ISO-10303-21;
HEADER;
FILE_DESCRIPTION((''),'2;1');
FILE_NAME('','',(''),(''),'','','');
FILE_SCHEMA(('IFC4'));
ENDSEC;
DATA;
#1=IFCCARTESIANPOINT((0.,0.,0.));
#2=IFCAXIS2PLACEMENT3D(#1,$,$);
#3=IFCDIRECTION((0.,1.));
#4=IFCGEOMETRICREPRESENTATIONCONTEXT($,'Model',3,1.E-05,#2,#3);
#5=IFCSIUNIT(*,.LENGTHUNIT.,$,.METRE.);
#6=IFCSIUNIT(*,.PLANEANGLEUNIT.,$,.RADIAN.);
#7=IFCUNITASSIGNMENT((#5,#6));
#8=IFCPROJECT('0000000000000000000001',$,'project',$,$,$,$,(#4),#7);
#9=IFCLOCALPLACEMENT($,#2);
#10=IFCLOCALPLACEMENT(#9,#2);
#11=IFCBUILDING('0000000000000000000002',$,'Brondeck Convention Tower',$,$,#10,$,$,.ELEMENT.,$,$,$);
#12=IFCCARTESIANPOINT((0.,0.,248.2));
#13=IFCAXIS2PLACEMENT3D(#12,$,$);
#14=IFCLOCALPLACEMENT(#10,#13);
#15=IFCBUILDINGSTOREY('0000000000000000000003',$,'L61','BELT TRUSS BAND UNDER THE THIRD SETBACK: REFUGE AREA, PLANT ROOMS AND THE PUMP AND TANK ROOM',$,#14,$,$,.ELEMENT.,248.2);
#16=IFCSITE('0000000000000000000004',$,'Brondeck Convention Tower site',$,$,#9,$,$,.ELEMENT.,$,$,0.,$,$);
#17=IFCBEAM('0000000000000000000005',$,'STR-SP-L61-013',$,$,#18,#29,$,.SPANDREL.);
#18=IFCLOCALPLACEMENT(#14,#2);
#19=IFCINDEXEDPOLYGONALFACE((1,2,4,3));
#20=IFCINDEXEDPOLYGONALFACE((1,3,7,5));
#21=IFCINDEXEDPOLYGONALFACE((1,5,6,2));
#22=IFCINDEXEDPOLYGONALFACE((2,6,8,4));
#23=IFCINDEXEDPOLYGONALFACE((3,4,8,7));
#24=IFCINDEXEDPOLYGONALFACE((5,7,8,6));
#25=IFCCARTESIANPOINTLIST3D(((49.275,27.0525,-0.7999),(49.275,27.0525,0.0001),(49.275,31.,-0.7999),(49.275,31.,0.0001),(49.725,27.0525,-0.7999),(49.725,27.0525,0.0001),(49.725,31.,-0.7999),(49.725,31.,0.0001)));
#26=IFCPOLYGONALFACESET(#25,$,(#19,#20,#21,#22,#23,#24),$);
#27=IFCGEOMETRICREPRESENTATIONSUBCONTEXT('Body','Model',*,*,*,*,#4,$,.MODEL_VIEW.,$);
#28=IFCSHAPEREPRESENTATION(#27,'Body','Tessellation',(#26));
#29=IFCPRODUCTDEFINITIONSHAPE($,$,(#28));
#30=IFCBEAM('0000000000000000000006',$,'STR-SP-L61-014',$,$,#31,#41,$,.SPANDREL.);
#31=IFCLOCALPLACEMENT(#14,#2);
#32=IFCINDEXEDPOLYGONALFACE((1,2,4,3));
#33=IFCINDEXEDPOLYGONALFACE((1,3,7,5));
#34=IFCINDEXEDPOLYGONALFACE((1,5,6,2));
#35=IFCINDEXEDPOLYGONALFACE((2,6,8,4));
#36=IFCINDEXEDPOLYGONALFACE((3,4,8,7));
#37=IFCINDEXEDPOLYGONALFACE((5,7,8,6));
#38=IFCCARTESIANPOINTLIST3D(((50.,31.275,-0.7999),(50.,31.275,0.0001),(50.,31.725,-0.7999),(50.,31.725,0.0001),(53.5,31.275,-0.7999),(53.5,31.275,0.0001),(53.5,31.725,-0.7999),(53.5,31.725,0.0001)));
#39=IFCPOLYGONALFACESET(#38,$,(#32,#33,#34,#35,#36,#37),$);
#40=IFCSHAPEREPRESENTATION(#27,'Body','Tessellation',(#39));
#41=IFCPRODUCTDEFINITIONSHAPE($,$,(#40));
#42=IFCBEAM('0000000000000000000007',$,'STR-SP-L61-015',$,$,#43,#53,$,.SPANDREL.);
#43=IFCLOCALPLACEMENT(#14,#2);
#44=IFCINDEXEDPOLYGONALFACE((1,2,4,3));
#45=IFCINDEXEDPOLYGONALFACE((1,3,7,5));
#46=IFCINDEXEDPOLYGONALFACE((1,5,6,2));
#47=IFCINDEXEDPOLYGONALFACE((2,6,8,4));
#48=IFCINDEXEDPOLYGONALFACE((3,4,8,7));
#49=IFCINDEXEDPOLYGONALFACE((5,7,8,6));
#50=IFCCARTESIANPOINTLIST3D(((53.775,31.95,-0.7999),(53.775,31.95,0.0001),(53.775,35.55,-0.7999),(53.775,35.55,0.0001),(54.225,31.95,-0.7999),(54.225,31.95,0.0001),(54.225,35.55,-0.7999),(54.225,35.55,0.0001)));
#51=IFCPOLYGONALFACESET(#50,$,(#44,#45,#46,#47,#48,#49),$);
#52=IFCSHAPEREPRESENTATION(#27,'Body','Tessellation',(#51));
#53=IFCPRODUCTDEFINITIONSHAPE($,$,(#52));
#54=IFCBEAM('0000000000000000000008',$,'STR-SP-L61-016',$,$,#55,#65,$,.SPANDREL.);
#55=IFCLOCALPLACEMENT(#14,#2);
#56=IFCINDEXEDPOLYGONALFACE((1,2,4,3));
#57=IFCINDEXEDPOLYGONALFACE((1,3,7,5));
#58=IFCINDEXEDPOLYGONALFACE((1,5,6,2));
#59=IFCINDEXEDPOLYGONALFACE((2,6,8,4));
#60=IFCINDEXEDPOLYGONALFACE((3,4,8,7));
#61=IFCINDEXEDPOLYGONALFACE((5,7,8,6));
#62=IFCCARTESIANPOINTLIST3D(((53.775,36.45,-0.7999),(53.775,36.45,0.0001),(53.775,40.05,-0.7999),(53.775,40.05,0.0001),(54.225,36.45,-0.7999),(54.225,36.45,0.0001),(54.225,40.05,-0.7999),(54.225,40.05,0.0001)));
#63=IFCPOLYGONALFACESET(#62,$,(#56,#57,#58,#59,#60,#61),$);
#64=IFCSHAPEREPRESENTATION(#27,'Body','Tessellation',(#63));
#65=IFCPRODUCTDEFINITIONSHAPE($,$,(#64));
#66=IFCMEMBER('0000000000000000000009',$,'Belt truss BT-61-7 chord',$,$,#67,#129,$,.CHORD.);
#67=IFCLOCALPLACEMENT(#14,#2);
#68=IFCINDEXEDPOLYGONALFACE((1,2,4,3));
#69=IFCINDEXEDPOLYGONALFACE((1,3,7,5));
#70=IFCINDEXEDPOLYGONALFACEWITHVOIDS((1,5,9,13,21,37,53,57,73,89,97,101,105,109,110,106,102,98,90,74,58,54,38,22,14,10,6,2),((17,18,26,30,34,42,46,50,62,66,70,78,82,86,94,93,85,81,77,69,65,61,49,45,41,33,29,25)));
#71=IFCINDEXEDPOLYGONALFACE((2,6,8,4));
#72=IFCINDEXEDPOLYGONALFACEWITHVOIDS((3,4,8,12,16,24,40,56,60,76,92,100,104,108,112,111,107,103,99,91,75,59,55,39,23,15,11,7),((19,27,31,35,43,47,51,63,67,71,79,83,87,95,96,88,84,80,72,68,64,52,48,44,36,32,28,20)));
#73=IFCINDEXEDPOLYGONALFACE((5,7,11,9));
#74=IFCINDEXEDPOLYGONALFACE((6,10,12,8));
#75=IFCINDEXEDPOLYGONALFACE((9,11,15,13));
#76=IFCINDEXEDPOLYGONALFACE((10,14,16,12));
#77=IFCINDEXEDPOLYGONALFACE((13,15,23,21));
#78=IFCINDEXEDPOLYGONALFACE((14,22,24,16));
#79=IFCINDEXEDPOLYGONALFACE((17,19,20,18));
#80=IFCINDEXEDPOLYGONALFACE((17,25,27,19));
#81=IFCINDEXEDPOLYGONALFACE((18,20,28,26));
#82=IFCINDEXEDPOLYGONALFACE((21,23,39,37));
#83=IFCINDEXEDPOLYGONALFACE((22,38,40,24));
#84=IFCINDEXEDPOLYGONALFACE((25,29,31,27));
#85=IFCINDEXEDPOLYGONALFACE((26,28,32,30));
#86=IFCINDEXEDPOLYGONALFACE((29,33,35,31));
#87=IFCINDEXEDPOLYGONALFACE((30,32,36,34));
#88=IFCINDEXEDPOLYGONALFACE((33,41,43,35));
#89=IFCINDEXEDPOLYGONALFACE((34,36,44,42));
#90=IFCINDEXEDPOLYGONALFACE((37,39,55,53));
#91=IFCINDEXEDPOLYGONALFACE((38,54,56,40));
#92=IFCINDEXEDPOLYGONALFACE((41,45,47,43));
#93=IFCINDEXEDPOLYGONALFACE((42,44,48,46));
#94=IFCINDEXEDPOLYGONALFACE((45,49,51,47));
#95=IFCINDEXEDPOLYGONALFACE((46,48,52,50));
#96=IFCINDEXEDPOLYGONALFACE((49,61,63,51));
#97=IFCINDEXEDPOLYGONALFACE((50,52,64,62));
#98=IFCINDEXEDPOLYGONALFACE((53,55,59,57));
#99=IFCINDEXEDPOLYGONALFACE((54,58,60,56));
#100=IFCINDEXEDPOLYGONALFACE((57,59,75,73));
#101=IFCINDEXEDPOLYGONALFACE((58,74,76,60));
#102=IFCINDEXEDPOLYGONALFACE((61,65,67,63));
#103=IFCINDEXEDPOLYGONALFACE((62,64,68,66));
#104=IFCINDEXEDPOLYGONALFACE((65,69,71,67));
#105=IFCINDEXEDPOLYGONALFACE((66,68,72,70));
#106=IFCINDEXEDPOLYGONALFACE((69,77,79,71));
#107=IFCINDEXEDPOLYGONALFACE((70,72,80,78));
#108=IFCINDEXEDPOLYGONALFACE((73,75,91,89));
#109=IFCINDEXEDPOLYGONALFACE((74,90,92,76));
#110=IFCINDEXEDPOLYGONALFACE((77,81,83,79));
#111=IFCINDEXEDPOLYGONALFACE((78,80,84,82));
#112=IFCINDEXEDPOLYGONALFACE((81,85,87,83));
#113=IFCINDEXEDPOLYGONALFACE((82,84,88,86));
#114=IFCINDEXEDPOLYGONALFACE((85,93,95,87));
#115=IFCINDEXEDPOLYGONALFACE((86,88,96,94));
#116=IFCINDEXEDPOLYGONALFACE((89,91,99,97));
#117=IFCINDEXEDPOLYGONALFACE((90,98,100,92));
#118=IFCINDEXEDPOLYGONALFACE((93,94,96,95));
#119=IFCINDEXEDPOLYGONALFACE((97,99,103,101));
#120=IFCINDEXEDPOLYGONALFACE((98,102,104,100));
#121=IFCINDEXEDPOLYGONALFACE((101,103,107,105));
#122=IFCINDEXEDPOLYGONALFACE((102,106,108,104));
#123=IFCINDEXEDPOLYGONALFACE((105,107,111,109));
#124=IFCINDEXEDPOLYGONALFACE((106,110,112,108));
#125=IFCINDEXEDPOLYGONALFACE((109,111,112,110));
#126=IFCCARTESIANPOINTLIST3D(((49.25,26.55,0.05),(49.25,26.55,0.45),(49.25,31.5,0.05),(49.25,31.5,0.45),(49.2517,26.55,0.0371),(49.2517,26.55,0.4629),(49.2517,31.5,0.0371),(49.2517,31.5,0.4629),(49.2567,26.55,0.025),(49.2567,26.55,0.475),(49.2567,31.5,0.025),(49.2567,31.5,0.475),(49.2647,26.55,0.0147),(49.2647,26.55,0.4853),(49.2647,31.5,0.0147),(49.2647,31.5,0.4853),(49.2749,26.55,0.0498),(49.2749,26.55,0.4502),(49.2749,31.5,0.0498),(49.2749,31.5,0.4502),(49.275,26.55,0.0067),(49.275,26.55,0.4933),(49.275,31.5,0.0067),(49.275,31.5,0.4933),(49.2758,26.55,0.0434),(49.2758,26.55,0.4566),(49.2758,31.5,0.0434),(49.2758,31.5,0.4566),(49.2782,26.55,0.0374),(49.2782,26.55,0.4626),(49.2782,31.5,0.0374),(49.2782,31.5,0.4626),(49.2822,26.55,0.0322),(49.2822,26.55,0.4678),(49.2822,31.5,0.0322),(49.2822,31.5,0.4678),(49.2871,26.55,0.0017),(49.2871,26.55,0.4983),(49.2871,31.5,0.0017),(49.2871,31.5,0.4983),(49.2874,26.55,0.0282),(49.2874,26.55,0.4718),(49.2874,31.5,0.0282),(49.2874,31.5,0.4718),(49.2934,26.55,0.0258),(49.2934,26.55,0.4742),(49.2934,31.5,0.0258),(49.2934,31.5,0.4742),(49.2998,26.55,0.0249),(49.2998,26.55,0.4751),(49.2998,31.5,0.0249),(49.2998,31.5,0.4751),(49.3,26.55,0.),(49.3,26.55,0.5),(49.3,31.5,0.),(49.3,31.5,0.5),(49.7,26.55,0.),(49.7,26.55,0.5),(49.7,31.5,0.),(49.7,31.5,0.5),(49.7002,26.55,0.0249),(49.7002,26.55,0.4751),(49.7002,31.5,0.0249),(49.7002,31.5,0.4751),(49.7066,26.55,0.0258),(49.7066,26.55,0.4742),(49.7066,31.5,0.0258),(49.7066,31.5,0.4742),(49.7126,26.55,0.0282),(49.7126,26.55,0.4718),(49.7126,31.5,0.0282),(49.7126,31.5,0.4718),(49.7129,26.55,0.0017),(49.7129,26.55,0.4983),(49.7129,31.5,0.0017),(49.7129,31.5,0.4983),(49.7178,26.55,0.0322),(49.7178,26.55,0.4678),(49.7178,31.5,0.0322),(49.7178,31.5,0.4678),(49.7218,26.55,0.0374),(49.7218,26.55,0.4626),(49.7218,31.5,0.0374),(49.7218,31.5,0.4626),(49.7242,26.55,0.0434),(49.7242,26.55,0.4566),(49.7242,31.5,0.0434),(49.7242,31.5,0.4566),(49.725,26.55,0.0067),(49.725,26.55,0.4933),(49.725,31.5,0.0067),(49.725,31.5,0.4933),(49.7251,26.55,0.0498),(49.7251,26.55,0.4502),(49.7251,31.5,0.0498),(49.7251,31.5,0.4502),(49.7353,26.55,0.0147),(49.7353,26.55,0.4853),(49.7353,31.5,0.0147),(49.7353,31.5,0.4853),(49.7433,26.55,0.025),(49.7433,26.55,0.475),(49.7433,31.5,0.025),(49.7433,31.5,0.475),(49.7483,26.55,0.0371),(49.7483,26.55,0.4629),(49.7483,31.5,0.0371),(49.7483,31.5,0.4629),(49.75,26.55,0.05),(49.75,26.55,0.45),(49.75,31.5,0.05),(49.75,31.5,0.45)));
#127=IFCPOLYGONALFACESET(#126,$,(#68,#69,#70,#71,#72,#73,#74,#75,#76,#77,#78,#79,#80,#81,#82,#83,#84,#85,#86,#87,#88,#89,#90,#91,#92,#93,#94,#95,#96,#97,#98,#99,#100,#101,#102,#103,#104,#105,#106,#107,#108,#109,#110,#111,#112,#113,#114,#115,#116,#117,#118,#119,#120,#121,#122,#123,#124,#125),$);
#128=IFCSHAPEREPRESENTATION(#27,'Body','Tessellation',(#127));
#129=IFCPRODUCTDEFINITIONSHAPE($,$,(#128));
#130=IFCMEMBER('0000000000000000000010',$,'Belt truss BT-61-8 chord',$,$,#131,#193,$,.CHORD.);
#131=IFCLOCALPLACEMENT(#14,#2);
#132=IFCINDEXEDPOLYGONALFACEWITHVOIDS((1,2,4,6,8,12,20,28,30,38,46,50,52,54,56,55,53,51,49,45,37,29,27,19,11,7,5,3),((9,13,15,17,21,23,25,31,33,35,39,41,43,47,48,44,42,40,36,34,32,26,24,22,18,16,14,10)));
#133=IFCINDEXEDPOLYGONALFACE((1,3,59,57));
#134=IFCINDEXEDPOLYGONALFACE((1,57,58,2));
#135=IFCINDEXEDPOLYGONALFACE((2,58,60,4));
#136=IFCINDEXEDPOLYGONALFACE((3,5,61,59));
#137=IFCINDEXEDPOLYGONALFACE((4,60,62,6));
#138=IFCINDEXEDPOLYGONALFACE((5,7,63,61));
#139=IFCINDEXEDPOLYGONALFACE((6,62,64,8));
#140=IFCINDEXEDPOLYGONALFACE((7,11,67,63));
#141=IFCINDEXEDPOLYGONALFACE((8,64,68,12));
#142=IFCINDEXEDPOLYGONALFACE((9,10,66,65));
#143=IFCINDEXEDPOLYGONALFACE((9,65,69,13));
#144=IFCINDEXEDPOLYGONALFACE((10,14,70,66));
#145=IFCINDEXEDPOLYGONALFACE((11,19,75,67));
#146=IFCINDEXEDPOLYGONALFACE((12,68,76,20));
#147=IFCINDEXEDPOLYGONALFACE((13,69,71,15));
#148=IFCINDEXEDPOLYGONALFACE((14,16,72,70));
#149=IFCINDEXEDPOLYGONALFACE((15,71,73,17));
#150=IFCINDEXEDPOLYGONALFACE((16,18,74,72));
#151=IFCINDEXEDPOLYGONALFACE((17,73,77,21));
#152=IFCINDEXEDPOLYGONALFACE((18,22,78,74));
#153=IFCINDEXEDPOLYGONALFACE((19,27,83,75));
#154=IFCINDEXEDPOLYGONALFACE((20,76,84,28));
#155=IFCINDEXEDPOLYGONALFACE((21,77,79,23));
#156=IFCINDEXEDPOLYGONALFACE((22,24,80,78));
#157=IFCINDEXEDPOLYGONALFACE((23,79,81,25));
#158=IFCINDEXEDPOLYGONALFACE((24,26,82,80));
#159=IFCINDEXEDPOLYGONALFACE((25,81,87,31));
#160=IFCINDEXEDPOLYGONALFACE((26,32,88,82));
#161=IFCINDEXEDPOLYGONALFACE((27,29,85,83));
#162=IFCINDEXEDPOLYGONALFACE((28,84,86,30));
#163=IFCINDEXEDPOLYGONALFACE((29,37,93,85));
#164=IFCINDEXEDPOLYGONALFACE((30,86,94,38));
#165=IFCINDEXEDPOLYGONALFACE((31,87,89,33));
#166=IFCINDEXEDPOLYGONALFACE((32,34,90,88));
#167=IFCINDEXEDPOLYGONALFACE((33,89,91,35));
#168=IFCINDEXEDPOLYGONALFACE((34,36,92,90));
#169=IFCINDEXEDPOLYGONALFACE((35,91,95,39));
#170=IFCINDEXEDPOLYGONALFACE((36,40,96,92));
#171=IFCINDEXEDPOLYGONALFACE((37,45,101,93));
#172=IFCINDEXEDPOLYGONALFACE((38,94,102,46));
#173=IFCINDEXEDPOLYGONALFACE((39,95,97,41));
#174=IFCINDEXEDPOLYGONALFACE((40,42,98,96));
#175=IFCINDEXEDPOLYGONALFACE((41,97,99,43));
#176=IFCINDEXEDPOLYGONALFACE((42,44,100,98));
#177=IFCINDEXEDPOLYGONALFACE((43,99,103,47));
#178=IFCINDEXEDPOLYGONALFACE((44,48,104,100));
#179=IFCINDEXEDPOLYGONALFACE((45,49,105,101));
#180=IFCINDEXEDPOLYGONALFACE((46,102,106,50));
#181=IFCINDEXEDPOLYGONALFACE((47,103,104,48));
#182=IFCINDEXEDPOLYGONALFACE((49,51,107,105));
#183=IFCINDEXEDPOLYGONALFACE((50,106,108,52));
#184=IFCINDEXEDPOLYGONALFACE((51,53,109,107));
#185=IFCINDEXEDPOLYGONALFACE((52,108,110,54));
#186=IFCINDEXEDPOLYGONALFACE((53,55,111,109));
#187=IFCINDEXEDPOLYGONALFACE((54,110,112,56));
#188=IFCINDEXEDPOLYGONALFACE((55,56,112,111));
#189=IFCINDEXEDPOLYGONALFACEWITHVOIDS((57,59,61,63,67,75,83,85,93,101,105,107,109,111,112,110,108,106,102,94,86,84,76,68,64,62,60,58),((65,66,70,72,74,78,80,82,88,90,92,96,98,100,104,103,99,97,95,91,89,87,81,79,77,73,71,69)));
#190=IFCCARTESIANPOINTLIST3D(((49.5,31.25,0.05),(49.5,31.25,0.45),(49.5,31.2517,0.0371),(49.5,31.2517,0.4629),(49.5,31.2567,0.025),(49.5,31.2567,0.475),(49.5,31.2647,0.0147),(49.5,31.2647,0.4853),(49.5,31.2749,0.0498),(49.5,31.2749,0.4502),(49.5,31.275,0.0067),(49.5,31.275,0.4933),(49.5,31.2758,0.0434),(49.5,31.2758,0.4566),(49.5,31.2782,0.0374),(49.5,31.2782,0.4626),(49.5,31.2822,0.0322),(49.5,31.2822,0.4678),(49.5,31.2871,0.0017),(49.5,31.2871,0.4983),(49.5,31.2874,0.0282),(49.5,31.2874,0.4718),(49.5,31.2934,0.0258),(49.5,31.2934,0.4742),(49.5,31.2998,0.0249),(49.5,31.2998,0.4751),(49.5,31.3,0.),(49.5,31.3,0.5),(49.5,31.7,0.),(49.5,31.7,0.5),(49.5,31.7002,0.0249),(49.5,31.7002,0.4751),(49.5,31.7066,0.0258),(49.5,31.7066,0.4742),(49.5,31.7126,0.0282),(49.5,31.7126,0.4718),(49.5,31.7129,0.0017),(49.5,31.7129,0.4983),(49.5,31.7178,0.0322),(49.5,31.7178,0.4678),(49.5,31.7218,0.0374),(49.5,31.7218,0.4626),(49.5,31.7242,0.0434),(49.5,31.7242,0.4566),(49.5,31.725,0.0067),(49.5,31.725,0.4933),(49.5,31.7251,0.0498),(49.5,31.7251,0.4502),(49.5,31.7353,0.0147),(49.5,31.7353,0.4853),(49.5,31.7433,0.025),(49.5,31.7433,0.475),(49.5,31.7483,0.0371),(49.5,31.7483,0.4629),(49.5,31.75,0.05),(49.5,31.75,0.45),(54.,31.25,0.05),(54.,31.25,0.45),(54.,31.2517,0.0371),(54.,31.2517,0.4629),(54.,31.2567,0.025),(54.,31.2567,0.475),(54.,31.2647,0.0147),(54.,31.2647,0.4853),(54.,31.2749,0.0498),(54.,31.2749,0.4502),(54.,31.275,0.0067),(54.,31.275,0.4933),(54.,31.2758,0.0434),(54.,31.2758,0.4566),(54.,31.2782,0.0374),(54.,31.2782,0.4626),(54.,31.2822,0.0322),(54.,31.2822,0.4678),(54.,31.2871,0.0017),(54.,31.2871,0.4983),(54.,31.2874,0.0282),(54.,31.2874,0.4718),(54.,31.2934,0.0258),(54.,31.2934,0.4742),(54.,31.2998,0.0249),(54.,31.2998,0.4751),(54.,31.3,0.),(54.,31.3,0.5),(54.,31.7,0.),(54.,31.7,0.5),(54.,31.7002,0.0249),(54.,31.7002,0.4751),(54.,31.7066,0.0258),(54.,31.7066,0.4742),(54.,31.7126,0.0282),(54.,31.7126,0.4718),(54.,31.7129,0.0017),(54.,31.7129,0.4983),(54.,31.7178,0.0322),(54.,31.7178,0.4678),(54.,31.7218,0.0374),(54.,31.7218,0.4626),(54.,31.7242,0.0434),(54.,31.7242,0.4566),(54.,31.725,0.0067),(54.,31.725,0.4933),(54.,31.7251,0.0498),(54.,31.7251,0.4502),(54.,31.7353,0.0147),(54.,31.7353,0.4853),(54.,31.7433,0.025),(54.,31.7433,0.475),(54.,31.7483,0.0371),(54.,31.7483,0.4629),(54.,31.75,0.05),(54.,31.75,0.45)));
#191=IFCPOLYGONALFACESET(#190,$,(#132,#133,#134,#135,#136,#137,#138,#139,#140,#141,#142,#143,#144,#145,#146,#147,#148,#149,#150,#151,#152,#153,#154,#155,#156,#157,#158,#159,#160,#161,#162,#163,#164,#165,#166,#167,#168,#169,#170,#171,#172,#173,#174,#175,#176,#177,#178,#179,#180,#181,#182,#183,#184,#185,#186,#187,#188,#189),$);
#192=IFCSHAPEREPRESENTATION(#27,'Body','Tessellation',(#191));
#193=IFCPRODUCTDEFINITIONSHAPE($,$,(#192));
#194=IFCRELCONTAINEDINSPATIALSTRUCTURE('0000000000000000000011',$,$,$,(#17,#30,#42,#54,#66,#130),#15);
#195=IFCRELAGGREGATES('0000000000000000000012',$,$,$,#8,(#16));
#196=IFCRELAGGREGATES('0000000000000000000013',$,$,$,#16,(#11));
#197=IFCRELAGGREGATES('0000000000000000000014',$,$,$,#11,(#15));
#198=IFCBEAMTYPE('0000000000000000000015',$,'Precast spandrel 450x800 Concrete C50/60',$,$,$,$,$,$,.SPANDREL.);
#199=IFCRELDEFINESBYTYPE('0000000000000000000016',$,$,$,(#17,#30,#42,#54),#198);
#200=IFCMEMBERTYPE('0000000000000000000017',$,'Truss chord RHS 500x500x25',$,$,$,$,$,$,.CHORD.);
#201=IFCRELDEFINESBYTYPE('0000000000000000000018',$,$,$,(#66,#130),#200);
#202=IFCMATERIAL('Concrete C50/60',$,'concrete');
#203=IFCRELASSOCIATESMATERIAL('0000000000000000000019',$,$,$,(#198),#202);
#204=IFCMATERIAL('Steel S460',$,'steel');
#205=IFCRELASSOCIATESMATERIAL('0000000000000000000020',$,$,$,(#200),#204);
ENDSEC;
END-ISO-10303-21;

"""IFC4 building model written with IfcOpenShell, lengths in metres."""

from ifc_helpers import new_model, si_unit, direction, frame, origin, origin_2d, place, context, subcontext, project, spatial, rectangle, hollow_rectangle, extrude, material, material_profile, profile_set, type_object, element, save


model = new_model("IFC4")

# Units and contexts
model_context = context("Model", 3, precision=1e-05, world=origin(), true_north=direction((0.0, 1.0)))
body_context = subcontext(model_context, "Body", "Model", "MODEL_VIEW")
ifc_project = project(units=[si_unit("LENGTHUNIT", "METRE"), si_unit("PLANEANGLEUNIT", "RADIAN")], contexts=[model_context])

# Site, building, storey
site_placement = place(None, origin())
site = spatial("IfcSite", under=ifc_project, at=site_placement, Name="Brondeck Convention Tower site", CompositionType="ELEMENT", RefElevation=0.0)
building_placement = place(site_placement, origin())
building = spatial("IfcBuilding", under=site, at=building_placement, Name="Brondeck Convention Tower", CompositionType="ELEMENT")
storey_placement = place(building_placement, frame((0.0, 0.0, 248.2)))
storey = spatial("IfcBuildingStorey", under=building, at=storey_placement, Name="L61", Description="BELT TRUSS BAND UNDER THE THIRD SETBACK: REFUGE AREA, PLANT ROOMS AND THE PUMP AND TANK ROOM", CompositionType="ELEMENT", Elevation=248.2)

# Shared definitions
ifc_material_1 = material(Name="Concrete C50/60", Category="concrete")

# Shared definitions
ifc_material_2 = material(Name="Steel S460", Category="steel")

# Beams
ifc_material_profile_1 = material_profile(ifc_material_1, rectangle(XDim=0.45, YDim=0.8, at=origin_2d()), Name="Precast spandrel 450x800 Concrete C50/60")
ifc_profile_set_1 = profile_set([ifc_material_profile_1], Name="Concrete C50/60")
beam_type = type_object("IfcBeamType", Name="Precast spandrel 450x800 Concrete C50/60", PredefinedType="SPANDREL", material=ifc_profile_set_1)
beam_1_placement = place(storey_placement, frame((49.5, 27.0525, -0.3999), z_axis=(0.0, 1.0, 0.0), x_axis=(-1.0, 0.0, 0.0)))
element("IfcBeam", 1, at=beam_1_placement, inside=storey, type_object=beam_type, Name="STR-SP-L61-013", PredefinedType="SPANDREL", context=body_context, shape_type="SweptSolid", body=[
    extrude(rectangle(XDim=0.45, YDim=0.8, at=origin_2d()), origin(), (0.0, 0.0, 1.0), 3.9475),
])
beam_2_placement = place(storey_placement, frame((50.0, 31.5, -0.3999), z_axis=(1.0, 0.0, 0.0), x_axis=(0.0, 1.0, 0.0)))
element("IfcBeam", 2, at=beam_2_placement, inside=storey, type_object=beam_type, Name="STR-SP-L61-014", PredefinedType="SPANDREL", context=body_context, shape_type="SweptSolid", body=[
    extrude(rectangle(XDim=0.45, YDim=0.8, at=origin_2d()), origin(), (0.0, 0.0, 1.0), 3.5),
])
for number, where, z_axis, x_axis, name in (
    (3, (54.0, 31.95, -0.3999), (0.0, 1.0, 0.0), (-1.0, 0.0, 0.0), "STR-SP-L61-015"),
    (4, (54.0, 36.45, -0.3999), (0.0, 1.0, 0.0), (-1.0, 0.0, 0.0), "STR-SP-L61-016"),
):
    element("IfcBeam", number, at=place(storey_placement, frame(where, z_axis=z_axis, x_axis=x_axis)), inside=storey, type_object=beam_type, Name=name, PredefinedType="SPANDREL", context=body_context, shape_type="SweptSolid", body=[
        extrude(rectangle(XDim=0.45, YDim=0.8, at=origin_2d()), origin(), (0.0, 0.0, 1.0), 3.6001),
    ])

# Members
ifc_material_profile_2 = material_profile(ifc_material_2, hollow_rectangle(XDim=0.5, YDim=0.5, WallThickness=0.0249, InnerFilletRadius=0.0249, OuterFilletRadius=0.05, at=origin_2d()), Name="RHS 500x500x25")
ifc_profile_set_2 = profile_set([ifc_material_profile_2], Name="Steel S460")
member_type_1 = type_object("IfcMemberType", Name="Truss chord RHS 500x500x25", PredefinedType="CHORD", material=ifc_profile_set_2)
member_1_placement = place(storey_placement, frame((49.5, 26.55, 0.25), z_axis=(0.0, 1.0, 0.0), x_axis=(-1.0, 0.0, 0.0)))
element("IfcMember", 5, at=member_1_placement, inside=storey, type_object=member_type_1, Name="Belt truss BT-61-7 chord", PredefinedType="CHORD", context=body_context, shape_type="SweptSolid", body=[
    extrude(hollow_rectangle(XDim=0.5, YDim=0.5, WallThickness=0.0249, InnerFilletRadius=0.0249, OuterFilletRadius=0.05, at=origin_2d()), origin(), (0.0, 0.0, 1.0), 4.95),
])
member_2_placement = place(storey_placement, frame((49.5, 31.5, 0.25), z_axis=(1.0, 0.0, 0.0), x_axis=(0.0, 1.0, 0.0)))
element("IfcMember", 6, at=member_2_placement, inside=storey, type_object=member_type_1, Name="Belt truss BT-61-8 chord", PredefinedType="CHORD", context=body_context, shape_type="SweptSolid", body=[
    extrude(hollow_rectangle(XDim=0.5, YDim=0.5, WallThickness=0.0249, InnerFilletRadius=0.0249, OuterFilletRadius=0.05, at=origin_2d()), origin(), (0.0, 0.0, 1.0), 4.5),
])

save(model, "model.ifc")
